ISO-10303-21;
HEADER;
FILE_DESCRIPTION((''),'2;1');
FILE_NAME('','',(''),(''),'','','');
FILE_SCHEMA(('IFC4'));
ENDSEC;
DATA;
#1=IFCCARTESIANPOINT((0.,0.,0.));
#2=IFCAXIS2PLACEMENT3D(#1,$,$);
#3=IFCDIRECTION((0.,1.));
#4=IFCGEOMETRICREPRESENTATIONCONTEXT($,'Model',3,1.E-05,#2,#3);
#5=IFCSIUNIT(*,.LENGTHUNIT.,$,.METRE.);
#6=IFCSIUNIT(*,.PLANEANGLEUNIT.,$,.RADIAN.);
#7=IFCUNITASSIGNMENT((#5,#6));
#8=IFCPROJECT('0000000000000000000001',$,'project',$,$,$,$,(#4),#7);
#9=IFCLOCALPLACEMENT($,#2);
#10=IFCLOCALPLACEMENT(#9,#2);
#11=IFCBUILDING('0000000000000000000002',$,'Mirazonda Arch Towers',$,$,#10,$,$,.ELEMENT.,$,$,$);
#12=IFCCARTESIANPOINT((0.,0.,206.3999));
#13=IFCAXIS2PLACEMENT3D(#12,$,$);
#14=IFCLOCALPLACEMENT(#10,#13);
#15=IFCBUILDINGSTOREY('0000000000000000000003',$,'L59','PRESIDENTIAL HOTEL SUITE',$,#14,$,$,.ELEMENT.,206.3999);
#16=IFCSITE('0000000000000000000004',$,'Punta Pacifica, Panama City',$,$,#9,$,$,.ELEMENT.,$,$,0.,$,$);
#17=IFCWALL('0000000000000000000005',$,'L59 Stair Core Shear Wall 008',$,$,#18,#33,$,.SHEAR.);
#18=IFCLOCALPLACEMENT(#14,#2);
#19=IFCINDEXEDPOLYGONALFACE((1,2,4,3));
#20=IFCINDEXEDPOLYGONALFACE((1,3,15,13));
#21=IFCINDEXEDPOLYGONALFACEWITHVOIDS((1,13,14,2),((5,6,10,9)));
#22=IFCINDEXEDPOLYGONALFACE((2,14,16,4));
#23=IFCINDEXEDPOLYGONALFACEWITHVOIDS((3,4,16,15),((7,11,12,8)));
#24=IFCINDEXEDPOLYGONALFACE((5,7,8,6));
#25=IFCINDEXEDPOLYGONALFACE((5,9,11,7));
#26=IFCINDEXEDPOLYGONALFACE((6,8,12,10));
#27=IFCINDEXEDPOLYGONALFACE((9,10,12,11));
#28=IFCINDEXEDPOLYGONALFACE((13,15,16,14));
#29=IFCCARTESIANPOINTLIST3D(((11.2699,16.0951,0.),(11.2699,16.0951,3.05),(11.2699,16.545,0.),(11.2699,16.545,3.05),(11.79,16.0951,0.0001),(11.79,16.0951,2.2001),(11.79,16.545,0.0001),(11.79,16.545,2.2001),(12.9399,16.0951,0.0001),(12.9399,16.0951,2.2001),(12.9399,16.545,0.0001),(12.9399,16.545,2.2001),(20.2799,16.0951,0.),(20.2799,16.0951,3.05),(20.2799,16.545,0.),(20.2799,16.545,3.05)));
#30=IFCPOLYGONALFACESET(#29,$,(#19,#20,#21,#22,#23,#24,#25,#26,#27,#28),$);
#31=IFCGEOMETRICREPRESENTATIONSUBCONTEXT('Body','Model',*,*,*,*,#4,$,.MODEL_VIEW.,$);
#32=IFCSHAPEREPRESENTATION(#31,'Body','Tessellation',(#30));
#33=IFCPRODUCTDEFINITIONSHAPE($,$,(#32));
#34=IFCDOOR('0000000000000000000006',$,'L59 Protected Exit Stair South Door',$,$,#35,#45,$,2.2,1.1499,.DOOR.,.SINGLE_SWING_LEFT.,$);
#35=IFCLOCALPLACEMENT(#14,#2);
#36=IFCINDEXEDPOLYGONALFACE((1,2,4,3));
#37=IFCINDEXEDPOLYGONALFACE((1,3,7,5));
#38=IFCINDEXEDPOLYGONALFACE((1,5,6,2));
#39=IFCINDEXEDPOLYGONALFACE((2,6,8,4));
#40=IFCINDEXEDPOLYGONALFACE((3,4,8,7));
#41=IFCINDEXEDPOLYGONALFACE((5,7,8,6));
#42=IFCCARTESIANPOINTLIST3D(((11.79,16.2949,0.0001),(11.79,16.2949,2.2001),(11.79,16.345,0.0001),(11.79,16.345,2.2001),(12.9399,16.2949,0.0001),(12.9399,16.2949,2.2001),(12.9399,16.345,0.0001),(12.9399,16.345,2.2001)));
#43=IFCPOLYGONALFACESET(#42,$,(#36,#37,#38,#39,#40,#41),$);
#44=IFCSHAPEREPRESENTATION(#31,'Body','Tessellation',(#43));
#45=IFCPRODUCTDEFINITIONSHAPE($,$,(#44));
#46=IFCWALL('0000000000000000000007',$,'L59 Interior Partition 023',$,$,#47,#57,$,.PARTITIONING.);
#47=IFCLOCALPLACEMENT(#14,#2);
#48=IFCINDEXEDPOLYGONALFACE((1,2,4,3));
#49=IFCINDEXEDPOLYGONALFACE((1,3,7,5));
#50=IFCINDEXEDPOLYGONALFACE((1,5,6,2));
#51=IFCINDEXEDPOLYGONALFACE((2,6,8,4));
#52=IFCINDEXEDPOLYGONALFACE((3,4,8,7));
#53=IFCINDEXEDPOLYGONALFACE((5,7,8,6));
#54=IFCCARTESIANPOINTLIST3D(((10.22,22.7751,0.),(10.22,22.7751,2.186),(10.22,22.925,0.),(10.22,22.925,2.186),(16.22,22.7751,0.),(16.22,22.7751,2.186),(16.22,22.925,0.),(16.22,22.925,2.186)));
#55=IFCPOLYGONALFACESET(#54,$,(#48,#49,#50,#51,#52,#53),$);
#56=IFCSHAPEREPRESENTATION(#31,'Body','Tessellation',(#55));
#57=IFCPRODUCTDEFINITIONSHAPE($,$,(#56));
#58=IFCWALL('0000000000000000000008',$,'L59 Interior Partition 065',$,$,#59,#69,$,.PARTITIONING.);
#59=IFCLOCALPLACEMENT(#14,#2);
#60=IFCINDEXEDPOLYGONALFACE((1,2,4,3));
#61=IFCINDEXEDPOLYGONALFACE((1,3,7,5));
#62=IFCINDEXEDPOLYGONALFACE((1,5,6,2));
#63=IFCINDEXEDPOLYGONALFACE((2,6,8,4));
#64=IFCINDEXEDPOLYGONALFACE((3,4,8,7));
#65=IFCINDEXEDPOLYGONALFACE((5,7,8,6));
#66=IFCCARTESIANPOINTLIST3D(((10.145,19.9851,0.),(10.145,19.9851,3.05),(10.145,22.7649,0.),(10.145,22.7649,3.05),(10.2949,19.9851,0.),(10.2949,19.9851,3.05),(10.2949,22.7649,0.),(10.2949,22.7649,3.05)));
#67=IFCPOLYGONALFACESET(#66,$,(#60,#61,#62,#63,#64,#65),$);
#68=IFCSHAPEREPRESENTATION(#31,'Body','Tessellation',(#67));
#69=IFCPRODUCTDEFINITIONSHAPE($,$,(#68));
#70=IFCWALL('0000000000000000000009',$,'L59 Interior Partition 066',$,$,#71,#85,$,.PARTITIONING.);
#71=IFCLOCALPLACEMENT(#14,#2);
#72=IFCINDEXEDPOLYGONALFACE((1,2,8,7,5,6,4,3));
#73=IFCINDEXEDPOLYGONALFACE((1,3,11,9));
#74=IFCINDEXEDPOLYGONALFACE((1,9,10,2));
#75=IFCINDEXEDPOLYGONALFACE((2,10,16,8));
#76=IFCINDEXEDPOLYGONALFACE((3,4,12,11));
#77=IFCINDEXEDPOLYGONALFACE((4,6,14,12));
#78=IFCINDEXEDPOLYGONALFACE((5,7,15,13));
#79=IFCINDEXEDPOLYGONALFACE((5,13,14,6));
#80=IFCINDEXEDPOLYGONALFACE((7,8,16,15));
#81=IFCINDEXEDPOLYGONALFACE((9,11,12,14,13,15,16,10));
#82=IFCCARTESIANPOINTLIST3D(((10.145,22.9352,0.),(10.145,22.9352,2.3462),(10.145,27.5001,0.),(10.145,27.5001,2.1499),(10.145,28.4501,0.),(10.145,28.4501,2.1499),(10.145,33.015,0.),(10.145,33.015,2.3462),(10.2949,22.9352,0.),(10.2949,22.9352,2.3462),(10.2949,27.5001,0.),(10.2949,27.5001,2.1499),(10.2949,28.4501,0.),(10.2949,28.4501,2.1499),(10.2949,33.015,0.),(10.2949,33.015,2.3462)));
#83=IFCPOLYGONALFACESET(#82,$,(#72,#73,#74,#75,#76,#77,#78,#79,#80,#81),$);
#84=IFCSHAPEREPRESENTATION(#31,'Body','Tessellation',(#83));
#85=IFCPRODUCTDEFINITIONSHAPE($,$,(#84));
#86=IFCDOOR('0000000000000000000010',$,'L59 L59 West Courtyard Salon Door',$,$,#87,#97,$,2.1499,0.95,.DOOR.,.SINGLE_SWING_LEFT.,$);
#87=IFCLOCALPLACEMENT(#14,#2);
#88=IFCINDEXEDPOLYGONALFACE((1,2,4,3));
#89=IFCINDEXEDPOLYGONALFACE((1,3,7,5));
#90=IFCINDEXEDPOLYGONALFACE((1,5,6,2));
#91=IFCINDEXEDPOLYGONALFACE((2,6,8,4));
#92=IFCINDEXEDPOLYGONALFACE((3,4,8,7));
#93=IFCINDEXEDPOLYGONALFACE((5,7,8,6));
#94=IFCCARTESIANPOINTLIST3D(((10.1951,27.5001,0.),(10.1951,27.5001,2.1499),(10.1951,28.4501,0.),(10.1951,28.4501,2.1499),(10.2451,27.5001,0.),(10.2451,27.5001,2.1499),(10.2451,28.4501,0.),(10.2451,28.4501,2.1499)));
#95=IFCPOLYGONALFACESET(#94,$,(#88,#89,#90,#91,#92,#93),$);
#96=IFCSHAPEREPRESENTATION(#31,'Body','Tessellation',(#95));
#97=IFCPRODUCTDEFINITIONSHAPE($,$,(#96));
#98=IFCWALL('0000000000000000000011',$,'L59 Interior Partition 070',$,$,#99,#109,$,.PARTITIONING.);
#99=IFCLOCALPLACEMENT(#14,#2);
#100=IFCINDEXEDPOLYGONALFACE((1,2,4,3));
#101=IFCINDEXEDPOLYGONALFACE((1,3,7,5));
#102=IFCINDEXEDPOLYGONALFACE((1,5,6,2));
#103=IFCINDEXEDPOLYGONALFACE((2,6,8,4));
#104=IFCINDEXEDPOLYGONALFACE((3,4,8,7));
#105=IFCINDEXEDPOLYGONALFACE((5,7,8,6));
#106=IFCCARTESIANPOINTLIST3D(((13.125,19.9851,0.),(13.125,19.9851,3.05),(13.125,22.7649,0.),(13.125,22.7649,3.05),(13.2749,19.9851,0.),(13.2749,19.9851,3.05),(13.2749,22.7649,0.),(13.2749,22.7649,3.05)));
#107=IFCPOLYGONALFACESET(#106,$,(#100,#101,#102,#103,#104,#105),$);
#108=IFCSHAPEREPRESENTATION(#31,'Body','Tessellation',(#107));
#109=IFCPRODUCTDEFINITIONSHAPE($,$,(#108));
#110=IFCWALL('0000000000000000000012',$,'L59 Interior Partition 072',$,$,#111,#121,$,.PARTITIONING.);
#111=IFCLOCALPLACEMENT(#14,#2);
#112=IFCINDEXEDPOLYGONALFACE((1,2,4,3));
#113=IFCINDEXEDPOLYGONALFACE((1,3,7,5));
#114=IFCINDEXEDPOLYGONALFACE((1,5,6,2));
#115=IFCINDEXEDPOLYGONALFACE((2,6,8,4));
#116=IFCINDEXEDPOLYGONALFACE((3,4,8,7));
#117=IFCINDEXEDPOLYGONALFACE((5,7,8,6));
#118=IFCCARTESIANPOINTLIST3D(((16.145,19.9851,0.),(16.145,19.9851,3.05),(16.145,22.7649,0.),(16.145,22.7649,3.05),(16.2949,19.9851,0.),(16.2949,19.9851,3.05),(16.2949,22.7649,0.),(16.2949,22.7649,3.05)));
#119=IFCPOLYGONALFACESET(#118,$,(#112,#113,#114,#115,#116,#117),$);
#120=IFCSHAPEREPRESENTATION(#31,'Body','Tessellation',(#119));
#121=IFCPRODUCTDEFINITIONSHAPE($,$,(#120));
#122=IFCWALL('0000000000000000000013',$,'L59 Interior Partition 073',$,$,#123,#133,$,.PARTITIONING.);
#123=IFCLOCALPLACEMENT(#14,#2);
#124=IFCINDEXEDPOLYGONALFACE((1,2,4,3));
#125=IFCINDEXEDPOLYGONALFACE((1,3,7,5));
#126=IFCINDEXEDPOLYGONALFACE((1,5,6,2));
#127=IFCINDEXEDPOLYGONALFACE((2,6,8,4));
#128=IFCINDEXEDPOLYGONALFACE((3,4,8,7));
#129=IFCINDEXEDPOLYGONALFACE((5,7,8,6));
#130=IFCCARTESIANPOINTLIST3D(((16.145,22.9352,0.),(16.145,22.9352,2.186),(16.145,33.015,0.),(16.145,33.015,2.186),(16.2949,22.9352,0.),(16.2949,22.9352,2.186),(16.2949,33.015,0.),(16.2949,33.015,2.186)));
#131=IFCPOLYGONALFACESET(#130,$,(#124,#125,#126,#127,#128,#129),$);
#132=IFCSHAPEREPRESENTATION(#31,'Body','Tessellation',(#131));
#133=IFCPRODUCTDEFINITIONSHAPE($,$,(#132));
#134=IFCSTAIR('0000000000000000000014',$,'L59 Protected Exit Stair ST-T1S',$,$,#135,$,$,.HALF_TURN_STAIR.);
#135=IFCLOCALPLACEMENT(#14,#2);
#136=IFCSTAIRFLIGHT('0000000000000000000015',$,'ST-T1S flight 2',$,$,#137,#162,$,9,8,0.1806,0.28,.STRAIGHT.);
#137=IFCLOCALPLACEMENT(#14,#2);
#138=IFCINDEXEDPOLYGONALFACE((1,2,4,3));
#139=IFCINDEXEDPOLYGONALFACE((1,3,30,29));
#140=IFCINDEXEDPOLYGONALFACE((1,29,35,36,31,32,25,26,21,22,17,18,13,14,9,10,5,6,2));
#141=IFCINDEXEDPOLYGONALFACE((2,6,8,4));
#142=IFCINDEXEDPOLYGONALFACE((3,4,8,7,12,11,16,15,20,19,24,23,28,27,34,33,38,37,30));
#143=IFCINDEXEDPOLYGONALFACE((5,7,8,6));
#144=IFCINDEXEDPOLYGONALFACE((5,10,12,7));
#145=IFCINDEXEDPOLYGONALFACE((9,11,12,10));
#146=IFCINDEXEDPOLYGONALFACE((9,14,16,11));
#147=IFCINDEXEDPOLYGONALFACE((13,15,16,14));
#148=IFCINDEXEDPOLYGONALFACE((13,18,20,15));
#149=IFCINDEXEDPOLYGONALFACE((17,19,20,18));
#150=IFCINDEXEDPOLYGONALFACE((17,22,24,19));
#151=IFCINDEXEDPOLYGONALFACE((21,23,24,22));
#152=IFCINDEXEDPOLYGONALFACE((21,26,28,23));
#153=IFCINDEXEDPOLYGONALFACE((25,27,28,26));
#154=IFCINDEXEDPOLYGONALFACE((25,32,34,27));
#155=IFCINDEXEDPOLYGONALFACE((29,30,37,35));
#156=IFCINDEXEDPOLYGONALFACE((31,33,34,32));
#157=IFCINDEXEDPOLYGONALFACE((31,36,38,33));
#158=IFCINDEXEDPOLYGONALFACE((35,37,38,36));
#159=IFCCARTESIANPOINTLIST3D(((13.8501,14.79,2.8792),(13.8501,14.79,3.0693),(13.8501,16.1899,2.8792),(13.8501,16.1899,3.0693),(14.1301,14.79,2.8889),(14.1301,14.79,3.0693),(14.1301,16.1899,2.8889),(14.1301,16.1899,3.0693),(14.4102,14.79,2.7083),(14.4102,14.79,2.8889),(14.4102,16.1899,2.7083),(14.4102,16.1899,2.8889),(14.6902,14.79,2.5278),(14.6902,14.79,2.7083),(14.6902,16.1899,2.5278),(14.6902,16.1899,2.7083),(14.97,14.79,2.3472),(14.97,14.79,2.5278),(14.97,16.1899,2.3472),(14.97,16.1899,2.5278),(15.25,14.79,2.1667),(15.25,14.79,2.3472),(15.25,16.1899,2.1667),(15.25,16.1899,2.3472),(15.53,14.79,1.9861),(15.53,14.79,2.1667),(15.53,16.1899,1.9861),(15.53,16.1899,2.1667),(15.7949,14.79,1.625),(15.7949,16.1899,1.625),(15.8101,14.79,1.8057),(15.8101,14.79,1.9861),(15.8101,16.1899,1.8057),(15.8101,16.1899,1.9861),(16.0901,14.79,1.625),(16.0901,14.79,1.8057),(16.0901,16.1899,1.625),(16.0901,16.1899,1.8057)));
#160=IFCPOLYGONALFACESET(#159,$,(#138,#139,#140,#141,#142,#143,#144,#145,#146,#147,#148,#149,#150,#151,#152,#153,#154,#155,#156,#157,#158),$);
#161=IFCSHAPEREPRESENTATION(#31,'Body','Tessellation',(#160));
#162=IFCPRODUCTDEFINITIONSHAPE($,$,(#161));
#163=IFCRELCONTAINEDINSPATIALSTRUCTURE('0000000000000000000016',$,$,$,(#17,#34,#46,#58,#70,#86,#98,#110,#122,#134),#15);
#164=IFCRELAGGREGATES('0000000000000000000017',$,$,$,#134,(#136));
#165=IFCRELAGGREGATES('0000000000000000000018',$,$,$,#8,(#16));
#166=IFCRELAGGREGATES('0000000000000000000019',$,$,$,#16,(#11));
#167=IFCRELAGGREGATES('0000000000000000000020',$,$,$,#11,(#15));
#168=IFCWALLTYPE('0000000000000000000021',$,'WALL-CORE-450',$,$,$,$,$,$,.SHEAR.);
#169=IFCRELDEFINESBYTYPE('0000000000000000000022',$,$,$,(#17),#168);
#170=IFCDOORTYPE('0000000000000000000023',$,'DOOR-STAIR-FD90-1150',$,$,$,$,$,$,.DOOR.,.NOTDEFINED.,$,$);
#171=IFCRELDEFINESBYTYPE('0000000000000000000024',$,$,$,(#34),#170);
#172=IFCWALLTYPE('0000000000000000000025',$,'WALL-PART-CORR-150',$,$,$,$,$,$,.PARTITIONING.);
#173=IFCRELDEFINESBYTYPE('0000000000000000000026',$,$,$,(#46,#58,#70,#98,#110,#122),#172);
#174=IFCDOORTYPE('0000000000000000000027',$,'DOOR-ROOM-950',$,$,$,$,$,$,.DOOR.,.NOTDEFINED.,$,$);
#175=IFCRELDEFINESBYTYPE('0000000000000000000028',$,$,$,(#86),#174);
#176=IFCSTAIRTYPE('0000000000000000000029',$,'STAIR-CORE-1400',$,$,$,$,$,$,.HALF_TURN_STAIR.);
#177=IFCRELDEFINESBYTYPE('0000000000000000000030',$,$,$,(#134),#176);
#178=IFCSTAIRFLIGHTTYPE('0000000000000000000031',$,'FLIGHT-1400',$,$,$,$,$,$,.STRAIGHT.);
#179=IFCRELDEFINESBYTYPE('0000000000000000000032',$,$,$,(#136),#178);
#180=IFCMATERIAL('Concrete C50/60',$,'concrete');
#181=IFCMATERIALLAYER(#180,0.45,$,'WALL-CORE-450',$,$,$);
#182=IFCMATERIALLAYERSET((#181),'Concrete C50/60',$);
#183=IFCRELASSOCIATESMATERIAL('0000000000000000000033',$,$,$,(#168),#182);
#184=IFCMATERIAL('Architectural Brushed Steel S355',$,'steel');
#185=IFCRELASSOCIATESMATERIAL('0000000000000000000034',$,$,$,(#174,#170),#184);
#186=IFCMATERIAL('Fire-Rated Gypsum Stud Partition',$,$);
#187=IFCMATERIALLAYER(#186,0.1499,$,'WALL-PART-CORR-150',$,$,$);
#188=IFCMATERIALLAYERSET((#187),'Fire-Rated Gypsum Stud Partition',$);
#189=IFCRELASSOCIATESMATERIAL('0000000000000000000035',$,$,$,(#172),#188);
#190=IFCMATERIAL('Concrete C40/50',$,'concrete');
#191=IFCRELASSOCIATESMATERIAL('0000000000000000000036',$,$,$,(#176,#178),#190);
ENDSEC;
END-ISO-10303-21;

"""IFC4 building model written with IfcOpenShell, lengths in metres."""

from ifc_helpers import new_model, si_unit, direction, frame, frame_2d, origin, place, context, subcontext, project, spatial, polyline, rectangle, outline, extrude, material, layer, layer_set, type_object, element, fill, aggregate, save


model = new_model("IFC4")

# Units and contexts
model_context = context("Model", 3, precision=1e-05, world=origin(), true_north=direction((0.0, 1.0)))
body_context = subcontext(model_context, "Body", "Model", "MODEL_VIEW")
ifc_project = project(units=[si_unit("LENGTHUNIT", "METRE"), si_unit("PLANEANGLEUNIT", "RADIAN")], contexts=[model_context])

# Site, building, storey
site_placement = place(None, origin())
site = spatial("IfcSite", under=ifc_project, at=site_placement, Name="Punta Pacifica, Panama City", CompositionType="ELEMENT", RefElevation=0.0)
building_placement = place(site_placement, origin())
building = spatial("IfcBuilding", under=site, at=building_placement, Name="Mirazonda Arch Towers", CompositionType="ELEMENT")
storey_placement = place(building_placement, frame((0.0, 0.0, 206.3999)))
storey = spatial("IfcBuildingStorey", under=building, at=storey_placement, Name="L59", Description="PRESIDENTIAL HOTEL SUITE", CompositionType="ELEMENT", Elevation=206.3999)

# Shared definitions
ifc_material_1 = material(Name="Concrete C50/60", Category="concrete")

# Shared definitions
ifc_layer_1 = layer(ifc_material_1, 0.45, Name="WALL-CORE-450")
ifc_layer_set_1 = layer_set([ifc_layer_1], Name="Concrete C50/60")
wall_type_1 = type_object("IfcWallType", Name="WALL-CORE-450", PredefinedType="SHEAR", material=ifc_layer_set_1)
ifc_material_2 = material(Name="Architectural Brushed Steel S355", Category="steel")
door_type_1 = type_object("IfcDoorType", Name="DOOR-ROOM-950", OperationType="NOTDEFINED", PredefinedType="DOOR", material=ifc_material_2)

# Wall, opening, door
wall_1_placement = place(storey_placement, frame((11.27, 16.3201, 0.0), z_axis=(0.0, 0.0, 1.0), x_axis=(1.0, 0.0, 0.0)))
wall_1 = element("IfcWall", 1, at=wall_1_placement, inside=storey, type_object=wall_type_1, Name="L59 Stair Core Shear Wall 008", PredefinedType="SHEAR", context=body_context, shape_type="SweptSolid", body=[
    extrude(rectangle(XDim=9.01, YDim=0.45, at=frame_2d((4.5049, 0.0))), origin(), (0.0, 0.0, 1.0), 3.05),
])
opening_1_placement = place(wall_1_placement, frame((0.52, 0.0, 0.0)))
opening_1 = element("IfcOpeningElement", 2, at=opening_1_placement, cuts=wall_1, PredefinedType="OPENING", context=body_context, shape_type="SweptSolid", body=[
    extrude(rectangle(XDim=1.1499, YDim=2.2, at=frame_2d((0.575, 1.1001))), frame((0.0, 0.2349, 0.0), z_axis=(0.0, -1.0, 0.0), x_axis=(1.0, 0.0, 0.0)), (0.0, 0.0, 1.0), 0.47),
])
door_type_2 = type_object("IfcDoorType", Name="DOOR-STAIR-FD90-1150", OperationType="NOTDEFINED", PredefinedType="DOOR", material=ifc_material_2)
door_1_placement = place(opening_1_placement, origin())
door_1 = element("IfcDoor", 3, at=door_1_placement, inside=storey, type_object=door_type_2, Name="L59 Protected Exit Stair South Door", OperationType="SINGLE_SWING_LEFT", OverallHeight=2.2, OverallWidth=1.1499, PredefinedType="DOOR", context=body_context, shape_type="SweptSolid", body=[
    extrude(rectangle(XDim=1.1499, YDim=2.2, at=frame_2d((0.575, 1.1001))), frame((0.0, 0.0249, 0.0), z_axis=(0.0, -1.0, 0.0), x_axis=(1.0, 0.0, 0.0)), (0.0, 0.0, 1.0), 0.05),
])
fill(opening_1, door_1)

# Walls
ifc_material_3 = material(Name="Fire-Rated Gypsum Stud Partition")
ifc_layer_2 = layer(ifc_material_3, 0.1499, Name="WALL-PART-CORR-150")
ifc_layer_set_2 = layer_set([ifc_layer_2], Name="Fire-Rated Gypsum Stud Partition")
wall_type_2 = type_object("IfcWallType", Name="WALL-PART-CORR-150", PredefinedType="PARTITIONING", material=ifc_layer_set_2)
wall_2_placement = place(storey_placement, frame((10.22, 22.8501, 0.0), z_axis=(0.0, 0.0, 1.0), x_axis=(1.0, 0.0, 0.0)))
element("IfcWall", 4, at=wall_2_placement, inside=storey, type_object=wall_type_2, Name="L59 Interior Partition 023", PredefinedType="PARTITIONING", context=body_context, shape_type="SweptSolid", body=[
    extrude(rectangle(XDim=6.0, YDim=0.1499, at=frame_2d((3.0, 0.0))), origin(), (0.0, 0.0, 1.0), 2.186),
])
wall_3_placement = place(storey_placement, frame((10.22, 19.9851, 0.0), z_axis=(0.0, 0.0, 1.0), x_axis=(0.0, 1.0, 0.0)))
element("IfcWall", 5, at=wall_3_placement, inside=storey, type_object=wall_type_2, Name="L59 Interior Partition 065", PredefinedType="PARTITIONING", context=body_context, shape_type="SweptSolid", body=[
    extrude(rectangle(XDim=2.7798, YDim=0.1499, at=frame_2d((1.3899, 0.0))), origin(), (0.0, 0.0, 1.0), 3.05),
])

# Wall, opening, door
wall_4_placement = place(storey_placement, frame((10.22, 22.9351, 0.0), z_axis=(0.0, 0.0, 1.0), x_axis=(0.0, 1.0, 0.0)))
wall_4 = element("IfcWall", 6, at=wall_4_placement, inside=storey, type_object=wall_type_2, Name="L59 Interior Partition 066", PredefinedType="PARTITIONING", context=body_context, shape_type="SweptSolid", body=[
    extrude(rectangle(XDim=10.0798, YDim=0.1499, at=frame_2d((5.04, 0.0))), origin(), (0.0, 0.0, 1.0), 2.3462),
])
opening_2_placement = place(wall_4_placement, frame((4.5649, 0.0, 0.0)))
opening_2 = element("IfcOpeningElement", 7, at=opening_2_placement, cuts=wall_4, PredefinedType="OPENING", context=body_context, shape_type="SweptSolid", body=[
    extrude(rectangle(XDim=0.95, YDim=2.1499, at=frame_2d((0.4751, 1.075))), frame((0.0, 0.085, 0.0), z_axis=(0.0, -1.0, 0.0), x_axis=(1.0, 0.0, 0.0)), (0.0, 0.0, 1.0), 0.1699),
])
door_2_placement = place(opening_2_placement, origin())
door_2 = element("IfcDoor", 8, at=door_2_placement, inside=storey, type_object=door_type_1, Name="L59 L59 West Courtyard Salon Door", OperationType="SINGLE_SWING_LEFT", OverallHeight=2.1499, OverallWidth=0.95, PredefinedType="DOOR", context=body_context, shape_type="SweptSolid", body=[
    extrude(rectangle(XDim=0.95, YDim=2.1499, at=frame_2d((0.4751, 1.075))), frame((0.0, 0.0249, 0.0), z_axis=(0.0, -1.0, 0.0), x_axis=(1.0, 0.0, 0.0)), (0.0, 0.0, 1.0), 0.05),
])
fill(opening_2, door_2)

# Walls
for number, where, z_axis, x_axis, name in (
    (9, (13.2, 19.9851, 0.0), (0.0, 0.0, 1.0), (0.0, 1.0, 0.0), "L59 Interior Partition 070"),
    (10, (16.22, 19.9851, 0.0), (0.0, 0.0, 1.0), (0.0, 1.0, 0.0), "L59 Interior Partition 072"),
):
    element("IfcWall", number, at=place(storey_placement, frame(where, z_axis=z_axis, x_axis=x_axis)), inside=storey, type_object=wall_type_2, Name=name, PredefinedType="PARTITIONING", context=body_context, shape_type="SweptSolid", body=[
        extrude(rectangle(XDim=2.7798, YDim=0.1499, at=frame_2d((1.3899, 0.0))), origin(), (0.0, 0.0, 1.0), 3.05),
    ])
wall_5_placement = place(storey_placement, frame((16.22, 22.9351, 0.0), z_axis=(0.0, 0.0, 1.0), x_axis=(0.0, 1.0, 0.0)))
element("IfcWall", 11, at=wall_5_placement, inside=storey, type_object=wall_type_2, Name="L59 Interior Partition 073", PredefinedType="PARTITIONING", context=body_context, shape_type="SweptSolid", body=[
    extrude(rectangle(XDim=10.0798, YDim=0.1499, at=frame_2d((5.04, 0.0))), origin(), (0.0, 0.0, 1.0), 2.186),
])

# Stair, stair flight
ifc_material_4 = material(Name="Concrete C40/50", Category="concrete")
stair_type = type_object("IfcStairType", Name="STAIR-CORE-1400", PredefinedType="HALF_TURN_STAIR", material=ifc_material_4)
stair_placement = place(storey_placement, origin())
stair = element("IfcStair", 12, at=stair_placement, inside=storey, type_object=stair_type, Name="L59 Protected Exit Stair ST-T1S", PredefinedType="HALF_TURN_STAIR")
stair_flight_type = type_object("IfcStairFlightType", Name="FLIGHT-1400", PredefinedType="STRAIGHT", material=ifc_material_4)
stair_flight_placement = place(storey_placement, frame((16.0901, 15.49, 1.625), z_axis=(0.0, 0.0, 1.0), x_axis=(-1.0, 0.0, 0.0)))
stair_flight = element("IfcStairFlight", 13, at=stair_flight_placement, type_object=stair_flight_type, Name="ST-T1S flight 2", NumberOfRisers=9, NumberOfTreads=8, PredefinedType="STRAIGHT", RiserHeight=0.1806, TreadLength=0.28, context=body_context, shape_type="SweptSolid", body=[
    extrude(outline(polyline([(0.0, 0.0), (0.0, 0.1807), (0.28, 0.1807), (0.28, 0.3611), (0.5601, 0.3611), (0.5601, 0.5417), (0.8401, 0.5417), (0.8401, 0.7222), (1.1201, 0.7222), (1.1201, 0.9028), (1.3999, 0.9028), (1.3999, 1.0833), (1.6799, 1.0833), (1.6799, 1.2639), (1.96, 1.2639), (1.96, 1.4443), (2.24, 1.4443), (2.24, 1.625), (2.24, 1.2542), (0.2952, 0.0), (0.0, 0.0)])), frame((0.0, 0.7, 0.0), z_axis=(0.0, -1.0, 0.0), x_axis=(1.0, 0.0, 0.0)), (0.0, 0.0, 1.0), 1.3999),
])
aggregate(stair, [stair_flight])

save(model, "model.ifc")
